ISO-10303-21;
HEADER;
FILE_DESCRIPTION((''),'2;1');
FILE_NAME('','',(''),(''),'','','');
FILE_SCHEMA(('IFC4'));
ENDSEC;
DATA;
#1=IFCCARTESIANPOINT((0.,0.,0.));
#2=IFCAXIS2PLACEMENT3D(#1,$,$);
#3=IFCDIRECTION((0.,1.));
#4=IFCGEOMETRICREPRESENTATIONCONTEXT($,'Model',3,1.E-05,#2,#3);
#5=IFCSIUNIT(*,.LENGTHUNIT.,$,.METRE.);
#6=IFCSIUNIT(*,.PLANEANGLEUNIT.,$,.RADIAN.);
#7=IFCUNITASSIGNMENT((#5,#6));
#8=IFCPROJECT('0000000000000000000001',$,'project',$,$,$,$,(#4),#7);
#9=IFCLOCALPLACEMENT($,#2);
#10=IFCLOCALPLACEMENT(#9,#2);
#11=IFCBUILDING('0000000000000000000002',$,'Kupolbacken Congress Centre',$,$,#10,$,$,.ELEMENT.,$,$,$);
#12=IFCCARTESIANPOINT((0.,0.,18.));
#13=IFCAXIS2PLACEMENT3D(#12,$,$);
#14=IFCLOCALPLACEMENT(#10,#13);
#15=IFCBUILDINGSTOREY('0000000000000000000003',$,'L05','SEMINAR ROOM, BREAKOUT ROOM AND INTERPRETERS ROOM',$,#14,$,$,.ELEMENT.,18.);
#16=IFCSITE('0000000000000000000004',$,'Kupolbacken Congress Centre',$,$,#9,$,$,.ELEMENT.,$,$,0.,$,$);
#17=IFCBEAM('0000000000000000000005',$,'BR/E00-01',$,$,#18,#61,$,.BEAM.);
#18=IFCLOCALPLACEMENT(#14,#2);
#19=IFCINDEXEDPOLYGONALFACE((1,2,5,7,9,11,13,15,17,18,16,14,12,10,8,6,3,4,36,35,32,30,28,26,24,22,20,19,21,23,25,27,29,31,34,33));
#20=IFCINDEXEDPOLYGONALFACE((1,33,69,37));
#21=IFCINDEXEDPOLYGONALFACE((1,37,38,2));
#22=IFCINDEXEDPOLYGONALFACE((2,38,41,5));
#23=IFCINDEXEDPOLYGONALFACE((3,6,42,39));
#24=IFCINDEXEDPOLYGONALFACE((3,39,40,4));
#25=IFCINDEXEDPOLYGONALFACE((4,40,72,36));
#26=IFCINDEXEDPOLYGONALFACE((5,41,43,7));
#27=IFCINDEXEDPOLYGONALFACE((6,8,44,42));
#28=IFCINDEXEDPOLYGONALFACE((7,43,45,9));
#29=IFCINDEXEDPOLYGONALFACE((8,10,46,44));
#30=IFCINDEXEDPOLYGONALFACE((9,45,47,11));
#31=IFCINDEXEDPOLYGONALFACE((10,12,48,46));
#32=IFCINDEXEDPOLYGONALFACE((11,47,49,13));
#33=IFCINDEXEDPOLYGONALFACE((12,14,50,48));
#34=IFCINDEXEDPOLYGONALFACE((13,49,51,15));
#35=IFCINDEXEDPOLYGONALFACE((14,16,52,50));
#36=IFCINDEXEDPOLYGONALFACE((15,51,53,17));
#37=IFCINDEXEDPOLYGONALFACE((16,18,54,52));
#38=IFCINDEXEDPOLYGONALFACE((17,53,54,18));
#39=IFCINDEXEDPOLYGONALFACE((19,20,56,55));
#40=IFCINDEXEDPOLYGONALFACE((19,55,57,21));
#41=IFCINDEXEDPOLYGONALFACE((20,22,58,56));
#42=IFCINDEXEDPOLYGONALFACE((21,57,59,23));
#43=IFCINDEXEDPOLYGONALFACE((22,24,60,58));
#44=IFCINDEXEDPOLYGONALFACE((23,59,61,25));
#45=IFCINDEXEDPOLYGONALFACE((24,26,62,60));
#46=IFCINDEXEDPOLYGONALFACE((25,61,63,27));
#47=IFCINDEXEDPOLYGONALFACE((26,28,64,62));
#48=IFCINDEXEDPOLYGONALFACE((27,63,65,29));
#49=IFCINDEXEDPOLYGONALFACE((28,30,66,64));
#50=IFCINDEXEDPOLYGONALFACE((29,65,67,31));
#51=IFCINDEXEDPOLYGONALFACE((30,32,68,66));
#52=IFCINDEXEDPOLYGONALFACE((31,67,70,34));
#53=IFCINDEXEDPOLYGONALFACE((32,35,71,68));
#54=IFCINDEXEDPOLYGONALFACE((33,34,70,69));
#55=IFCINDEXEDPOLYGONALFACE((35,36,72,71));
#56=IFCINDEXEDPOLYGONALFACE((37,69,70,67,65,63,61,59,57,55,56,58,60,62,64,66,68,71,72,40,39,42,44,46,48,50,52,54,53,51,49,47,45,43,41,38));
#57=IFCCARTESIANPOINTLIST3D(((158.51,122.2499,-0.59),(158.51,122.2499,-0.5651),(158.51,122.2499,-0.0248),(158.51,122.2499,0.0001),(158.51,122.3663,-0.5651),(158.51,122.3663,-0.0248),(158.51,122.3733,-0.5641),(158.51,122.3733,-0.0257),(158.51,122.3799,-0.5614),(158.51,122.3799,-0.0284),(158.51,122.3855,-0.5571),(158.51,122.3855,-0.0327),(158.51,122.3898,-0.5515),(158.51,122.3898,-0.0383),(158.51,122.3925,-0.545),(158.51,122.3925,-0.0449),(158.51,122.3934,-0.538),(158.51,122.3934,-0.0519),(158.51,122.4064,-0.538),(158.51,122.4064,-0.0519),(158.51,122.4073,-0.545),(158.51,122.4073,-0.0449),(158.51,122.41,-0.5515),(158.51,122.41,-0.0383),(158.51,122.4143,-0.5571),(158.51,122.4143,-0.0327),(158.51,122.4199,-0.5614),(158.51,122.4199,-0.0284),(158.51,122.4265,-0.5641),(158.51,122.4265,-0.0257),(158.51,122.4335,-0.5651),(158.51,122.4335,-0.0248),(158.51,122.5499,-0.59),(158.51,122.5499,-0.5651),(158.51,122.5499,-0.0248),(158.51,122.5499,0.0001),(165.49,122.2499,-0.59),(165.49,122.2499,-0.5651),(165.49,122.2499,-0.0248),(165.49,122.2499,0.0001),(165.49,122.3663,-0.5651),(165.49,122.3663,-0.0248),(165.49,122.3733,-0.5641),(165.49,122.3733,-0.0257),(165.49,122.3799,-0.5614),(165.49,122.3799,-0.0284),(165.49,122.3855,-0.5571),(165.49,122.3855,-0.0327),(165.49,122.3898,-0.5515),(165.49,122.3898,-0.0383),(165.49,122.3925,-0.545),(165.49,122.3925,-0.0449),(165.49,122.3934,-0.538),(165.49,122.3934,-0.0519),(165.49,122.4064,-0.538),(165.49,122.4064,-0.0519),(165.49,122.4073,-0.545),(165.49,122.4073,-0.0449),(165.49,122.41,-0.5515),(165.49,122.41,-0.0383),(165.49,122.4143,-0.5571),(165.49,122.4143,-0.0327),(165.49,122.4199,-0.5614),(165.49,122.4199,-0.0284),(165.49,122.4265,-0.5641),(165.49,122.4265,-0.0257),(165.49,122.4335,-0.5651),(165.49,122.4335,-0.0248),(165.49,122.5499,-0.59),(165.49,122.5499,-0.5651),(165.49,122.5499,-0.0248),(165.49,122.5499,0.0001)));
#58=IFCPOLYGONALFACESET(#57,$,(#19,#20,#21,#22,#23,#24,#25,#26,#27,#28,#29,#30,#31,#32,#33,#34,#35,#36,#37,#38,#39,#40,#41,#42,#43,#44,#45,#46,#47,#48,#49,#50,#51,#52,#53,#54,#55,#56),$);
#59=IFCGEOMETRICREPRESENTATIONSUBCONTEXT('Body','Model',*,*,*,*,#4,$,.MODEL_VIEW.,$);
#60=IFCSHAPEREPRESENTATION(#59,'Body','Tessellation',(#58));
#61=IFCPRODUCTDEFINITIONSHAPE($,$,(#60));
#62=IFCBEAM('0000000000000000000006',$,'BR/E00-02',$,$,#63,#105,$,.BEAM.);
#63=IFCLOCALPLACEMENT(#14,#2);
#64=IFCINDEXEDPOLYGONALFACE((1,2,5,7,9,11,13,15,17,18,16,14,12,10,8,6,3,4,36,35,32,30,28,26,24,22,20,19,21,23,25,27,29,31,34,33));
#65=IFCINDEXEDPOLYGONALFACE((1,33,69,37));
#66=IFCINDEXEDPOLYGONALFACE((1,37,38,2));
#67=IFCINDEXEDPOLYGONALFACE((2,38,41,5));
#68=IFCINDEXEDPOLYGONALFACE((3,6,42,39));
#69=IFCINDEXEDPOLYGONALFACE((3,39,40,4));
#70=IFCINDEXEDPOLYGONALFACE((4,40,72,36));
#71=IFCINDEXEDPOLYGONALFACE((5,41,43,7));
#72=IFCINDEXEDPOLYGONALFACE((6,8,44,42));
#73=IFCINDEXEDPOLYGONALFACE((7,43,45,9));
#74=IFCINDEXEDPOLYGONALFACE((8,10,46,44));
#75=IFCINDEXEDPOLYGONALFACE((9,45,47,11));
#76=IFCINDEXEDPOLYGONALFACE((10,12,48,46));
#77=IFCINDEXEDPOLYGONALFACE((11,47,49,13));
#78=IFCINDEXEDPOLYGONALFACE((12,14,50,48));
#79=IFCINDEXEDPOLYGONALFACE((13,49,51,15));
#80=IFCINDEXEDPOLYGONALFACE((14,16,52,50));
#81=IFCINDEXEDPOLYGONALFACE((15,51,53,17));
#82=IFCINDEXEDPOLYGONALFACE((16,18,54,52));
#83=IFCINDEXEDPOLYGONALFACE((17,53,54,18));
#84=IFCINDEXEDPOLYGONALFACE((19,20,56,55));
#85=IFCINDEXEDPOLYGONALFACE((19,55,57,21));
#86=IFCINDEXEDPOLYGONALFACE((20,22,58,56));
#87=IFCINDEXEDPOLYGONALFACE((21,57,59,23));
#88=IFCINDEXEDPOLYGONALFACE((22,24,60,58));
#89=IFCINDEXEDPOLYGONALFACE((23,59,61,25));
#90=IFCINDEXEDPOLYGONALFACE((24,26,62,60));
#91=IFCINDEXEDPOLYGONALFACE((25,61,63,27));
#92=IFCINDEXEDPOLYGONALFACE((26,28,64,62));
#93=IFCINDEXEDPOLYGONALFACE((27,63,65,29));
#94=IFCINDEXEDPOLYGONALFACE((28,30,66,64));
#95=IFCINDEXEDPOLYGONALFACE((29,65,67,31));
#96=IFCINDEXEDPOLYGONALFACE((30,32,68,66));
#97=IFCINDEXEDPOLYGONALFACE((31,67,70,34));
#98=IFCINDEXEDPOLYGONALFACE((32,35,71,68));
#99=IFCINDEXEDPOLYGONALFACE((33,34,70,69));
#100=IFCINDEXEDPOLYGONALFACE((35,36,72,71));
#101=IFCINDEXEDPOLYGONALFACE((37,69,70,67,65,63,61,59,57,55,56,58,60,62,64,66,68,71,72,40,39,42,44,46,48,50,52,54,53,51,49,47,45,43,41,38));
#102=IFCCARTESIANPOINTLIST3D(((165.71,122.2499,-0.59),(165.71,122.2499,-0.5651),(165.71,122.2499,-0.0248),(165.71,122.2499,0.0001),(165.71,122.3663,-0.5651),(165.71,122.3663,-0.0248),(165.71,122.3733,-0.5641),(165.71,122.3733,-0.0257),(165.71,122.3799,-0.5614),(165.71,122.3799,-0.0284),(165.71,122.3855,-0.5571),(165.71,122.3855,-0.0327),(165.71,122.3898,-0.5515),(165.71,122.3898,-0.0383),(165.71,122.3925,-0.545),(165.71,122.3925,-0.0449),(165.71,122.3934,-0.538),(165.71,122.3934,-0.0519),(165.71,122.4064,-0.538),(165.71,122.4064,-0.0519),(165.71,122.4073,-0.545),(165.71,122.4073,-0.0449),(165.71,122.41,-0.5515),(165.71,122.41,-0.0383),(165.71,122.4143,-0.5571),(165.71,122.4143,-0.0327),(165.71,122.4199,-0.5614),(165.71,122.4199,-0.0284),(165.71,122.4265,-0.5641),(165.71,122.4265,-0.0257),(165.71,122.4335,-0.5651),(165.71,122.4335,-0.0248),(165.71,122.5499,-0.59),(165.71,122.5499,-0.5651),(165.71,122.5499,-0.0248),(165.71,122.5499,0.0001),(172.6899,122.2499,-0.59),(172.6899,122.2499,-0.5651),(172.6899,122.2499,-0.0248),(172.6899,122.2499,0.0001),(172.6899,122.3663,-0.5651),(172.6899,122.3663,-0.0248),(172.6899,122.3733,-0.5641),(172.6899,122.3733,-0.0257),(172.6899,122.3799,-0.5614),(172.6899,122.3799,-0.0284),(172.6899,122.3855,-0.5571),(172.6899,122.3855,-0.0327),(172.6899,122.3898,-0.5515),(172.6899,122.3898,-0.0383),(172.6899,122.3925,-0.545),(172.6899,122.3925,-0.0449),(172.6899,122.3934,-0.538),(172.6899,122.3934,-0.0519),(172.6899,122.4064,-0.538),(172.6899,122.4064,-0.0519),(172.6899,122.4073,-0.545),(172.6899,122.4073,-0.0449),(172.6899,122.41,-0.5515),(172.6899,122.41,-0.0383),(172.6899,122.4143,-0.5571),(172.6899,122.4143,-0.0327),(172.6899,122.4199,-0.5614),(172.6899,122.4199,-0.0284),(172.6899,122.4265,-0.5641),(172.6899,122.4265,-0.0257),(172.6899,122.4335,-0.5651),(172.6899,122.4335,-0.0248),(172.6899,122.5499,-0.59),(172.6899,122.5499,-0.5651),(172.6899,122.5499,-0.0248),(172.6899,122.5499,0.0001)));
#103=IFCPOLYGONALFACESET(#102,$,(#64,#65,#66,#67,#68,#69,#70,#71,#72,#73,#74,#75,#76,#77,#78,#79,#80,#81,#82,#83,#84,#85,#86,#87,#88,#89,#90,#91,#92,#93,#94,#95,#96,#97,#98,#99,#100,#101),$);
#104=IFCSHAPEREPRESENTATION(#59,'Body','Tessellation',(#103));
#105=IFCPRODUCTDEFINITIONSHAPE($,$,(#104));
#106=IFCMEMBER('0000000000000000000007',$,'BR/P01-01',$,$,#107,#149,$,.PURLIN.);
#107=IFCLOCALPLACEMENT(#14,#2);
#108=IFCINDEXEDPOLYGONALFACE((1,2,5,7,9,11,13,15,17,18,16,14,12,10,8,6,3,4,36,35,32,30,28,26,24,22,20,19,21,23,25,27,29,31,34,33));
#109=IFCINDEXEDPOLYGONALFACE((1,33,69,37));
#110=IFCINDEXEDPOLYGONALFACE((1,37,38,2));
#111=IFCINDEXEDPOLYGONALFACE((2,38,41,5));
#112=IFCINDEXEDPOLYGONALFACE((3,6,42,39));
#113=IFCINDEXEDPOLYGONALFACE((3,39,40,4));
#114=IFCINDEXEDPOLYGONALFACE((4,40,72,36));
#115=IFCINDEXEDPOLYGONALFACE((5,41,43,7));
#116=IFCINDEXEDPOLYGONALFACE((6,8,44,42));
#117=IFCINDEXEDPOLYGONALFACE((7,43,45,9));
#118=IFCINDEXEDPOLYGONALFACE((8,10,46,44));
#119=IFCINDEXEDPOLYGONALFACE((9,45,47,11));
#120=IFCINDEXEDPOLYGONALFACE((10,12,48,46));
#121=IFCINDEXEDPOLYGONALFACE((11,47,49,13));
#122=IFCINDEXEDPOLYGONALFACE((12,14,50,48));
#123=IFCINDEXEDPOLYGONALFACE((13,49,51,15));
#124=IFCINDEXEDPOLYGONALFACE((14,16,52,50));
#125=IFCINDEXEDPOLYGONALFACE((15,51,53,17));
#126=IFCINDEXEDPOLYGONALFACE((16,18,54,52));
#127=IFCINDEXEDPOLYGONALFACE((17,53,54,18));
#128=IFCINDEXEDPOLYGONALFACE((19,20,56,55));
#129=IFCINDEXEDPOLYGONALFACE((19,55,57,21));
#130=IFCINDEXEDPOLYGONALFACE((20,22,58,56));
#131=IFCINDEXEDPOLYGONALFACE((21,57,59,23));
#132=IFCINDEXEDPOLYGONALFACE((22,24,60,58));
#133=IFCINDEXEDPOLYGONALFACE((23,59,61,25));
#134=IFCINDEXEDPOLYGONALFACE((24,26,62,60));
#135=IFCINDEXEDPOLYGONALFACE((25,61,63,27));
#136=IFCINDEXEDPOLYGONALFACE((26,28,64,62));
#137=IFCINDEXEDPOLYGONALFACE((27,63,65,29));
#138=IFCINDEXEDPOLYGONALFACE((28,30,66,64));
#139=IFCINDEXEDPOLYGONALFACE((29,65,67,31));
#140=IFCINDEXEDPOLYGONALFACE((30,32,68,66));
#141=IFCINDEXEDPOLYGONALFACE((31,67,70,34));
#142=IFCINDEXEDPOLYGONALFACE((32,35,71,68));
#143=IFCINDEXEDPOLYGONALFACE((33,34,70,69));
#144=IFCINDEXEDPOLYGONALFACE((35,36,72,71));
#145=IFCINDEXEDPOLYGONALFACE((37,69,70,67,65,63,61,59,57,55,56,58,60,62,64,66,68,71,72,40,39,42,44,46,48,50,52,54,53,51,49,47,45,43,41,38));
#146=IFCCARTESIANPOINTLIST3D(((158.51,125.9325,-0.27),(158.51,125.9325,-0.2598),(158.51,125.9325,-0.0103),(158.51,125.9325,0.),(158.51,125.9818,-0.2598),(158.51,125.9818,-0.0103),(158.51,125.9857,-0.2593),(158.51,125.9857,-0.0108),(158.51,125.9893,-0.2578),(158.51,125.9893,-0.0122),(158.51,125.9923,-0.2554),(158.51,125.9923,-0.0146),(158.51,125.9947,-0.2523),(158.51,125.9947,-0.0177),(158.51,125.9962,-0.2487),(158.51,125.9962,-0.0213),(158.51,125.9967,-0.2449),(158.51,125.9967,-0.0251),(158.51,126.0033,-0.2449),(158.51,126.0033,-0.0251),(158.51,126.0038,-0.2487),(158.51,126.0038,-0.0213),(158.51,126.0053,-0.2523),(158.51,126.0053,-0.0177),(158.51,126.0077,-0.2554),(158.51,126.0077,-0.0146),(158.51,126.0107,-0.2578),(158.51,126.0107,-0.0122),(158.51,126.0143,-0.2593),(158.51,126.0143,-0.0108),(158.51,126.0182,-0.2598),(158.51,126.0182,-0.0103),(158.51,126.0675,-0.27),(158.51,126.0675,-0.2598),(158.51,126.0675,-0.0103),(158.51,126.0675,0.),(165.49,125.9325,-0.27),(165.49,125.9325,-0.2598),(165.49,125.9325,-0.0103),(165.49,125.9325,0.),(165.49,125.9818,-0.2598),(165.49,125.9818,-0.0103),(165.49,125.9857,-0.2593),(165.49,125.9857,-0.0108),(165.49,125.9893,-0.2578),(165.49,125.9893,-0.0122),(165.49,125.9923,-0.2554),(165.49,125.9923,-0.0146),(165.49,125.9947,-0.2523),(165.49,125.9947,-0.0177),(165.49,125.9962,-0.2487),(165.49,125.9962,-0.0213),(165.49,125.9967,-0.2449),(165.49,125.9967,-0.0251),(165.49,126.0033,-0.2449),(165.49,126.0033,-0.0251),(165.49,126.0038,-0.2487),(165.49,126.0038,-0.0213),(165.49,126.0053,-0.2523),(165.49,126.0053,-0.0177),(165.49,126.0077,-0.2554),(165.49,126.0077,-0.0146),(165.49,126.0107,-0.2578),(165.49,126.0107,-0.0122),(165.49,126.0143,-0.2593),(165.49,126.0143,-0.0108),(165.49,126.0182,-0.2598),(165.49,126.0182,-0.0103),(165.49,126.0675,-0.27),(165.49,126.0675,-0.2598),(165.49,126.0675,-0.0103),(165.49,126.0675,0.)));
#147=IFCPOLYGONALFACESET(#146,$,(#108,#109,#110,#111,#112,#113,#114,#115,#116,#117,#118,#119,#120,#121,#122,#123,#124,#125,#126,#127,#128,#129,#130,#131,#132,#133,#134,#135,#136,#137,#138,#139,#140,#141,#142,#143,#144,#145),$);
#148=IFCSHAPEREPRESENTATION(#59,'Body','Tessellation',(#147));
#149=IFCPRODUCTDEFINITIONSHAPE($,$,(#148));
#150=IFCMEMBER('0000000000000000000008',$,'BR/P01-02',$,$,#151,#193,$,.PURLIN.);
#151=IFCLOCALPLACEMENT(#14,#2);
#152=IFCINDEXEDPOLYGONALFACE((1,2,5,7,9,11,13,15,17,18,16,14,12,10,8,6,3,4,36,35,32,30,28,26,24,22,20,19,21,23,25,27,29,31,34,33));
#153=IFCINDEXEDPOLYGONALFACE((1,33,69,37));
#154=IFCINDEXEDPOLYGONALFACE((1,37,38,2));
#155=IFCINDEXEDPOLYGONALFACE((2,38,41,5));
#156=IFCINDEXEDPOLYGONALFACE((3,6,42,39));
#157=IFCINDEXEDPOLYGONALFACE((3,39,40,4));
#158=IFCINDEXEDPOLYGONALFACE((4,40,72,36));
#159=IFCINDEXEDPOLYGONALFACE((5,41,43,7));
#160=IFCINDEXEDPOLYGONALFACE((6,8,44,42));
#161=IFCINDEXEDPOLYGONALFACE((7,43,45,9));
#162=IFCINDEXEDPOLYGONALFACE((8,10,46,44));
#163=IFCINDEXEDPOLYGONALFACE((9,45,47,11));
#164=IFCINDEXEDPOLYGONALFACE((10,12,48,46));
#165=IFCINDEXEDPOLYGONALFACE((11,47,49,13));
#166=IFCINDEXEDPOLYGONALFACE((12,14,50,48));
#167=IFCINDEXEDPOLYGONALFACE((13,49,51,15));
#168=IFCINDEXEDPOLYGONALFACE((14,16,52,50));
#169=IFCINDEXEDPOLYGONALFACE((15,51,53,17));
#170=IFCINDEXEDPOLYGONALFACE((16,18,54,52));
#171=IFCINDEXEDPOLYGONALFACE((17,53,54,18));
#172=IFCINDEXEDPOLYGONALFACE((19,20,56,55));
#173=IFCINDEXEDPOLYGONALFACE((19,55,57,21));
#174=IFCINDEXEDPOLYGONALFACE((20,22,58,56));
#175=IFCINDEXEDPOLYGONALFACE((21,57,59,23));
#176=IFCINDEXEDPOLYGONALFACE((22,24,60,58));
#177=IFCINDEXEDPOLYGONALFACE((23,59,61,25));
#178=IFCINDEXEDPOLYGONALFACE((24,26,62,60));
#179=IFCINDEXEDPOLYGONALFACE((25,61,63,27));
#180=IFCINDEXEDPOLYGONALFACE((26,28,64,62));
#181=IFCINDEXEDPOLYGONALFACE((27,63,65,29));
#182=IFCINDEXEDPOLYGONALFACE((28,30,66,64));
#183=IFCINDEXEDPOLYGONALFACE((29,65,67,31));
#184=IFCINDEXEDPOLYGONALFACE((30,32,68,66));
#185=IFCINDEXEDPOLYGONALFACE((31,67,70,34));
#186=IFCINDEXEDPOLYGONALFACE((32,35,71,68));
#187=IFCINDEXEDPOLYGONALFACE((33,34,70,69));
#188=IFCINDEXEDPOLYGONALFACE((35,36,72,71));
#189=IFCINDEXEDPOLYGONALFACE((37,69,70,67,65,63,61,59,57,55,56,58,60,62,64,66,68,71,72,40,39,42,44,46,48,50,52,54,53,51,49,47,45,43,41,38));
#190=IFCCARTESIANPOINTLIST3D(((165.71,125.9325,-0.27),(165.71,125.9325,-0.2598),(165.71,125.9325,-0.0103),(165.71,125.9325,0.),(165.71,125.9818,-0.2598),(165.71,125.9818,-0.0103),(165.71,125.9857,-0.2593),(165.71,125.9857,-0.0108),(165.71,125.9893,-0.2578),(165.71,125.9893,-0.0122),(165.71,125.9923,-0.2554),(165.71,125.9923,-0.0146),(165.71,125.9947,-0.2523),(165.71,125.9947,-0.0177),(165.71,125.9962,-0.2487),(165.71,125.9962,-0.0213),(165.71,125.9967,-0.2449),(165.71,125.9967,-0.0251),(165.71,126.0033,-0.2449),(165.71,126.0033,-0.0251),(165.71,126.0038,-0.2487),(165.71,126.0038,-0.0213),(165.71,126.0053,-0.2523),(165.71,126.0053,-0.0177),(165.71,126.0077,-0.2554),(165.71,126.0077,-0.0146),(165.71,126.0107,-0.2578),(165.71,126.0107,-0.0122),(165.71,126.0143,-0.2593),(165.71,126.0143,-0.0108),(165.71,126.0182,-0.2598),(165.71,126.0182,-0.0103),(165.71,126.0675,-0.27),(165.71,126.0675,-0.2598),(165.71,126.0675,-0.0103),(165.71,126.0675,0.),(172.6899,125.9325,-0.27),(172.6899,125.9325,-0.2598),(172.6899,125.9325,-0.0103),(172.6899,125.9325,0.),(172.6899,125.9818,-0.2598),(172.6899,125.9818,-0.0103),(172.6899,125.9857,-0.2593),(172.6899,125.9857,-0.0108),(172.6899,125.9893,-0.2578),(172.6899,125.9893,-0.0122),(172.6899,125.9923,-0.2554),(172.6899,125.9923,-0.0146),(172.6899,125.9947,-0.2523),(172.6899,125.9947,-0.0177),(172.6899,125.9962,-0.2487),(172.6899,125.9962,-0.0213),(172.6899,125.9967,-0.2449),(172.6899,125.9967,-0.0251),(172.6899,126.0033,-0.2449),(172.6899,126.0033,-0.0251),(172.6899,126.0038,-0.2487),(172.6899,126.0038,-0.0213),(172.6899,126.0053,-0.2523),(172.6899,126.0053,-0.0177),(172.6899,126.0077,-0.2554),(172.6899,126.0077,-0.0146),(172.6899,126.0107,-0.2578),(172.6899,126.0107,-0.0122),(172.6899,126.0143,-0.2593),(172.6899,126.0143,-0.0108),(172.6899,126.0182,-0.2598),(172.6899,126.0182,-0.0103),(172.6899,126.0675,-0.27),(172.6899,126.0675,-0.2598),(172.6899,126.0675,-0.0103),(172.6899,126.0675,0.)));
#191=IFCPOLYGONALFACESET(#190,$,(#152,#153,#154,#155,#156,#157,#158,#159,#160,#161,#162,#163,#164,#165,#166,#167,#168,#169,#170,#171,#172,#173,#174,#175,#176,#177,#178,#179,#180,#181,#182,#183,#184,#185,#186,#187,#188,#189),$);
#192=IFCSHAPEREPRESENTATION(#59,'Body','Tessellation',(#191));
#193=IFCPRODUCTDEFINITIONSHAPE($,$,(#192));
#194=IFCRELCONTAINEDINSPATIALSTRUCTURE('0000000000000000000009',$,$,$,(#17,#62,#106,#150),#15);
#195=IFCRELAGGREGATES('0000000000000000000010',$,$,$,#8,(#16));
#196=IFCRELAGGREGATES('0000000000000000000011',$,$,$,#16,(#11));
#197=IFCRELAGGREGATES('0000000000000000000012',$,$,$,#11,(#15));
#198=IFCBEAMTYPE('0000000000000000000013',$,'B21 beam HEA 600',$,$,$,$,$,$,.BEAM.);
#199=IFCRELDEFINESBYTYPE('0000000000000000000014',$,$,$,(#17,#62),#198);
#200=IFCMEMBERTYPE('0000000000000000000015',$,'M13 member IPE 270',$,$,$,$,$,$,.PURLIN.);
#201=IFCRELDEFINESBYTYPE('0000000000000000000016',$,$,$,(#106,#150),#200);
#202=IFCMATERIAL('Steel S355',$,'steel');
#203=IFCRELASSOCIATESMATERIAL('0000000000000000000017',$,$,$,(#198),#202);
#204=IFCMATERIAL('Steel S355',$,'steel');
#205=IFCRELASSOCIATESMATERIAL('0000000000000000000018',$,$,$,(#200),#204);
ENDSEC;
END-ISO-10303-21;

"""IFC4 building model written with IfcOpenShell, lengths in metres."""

from ifc_helpers import new_model, si_unit, direction, frame, origin, origin_2d, place, context, subcontext, project, spatial, i_section, extrude, material, material_profile, profile_set, type_object, element, save


model = new_model("IFC4")

# Units and contexts
model_context = context("Model", 3, precision=1e-05, world=origin(), true_north=direction((0.0, 1.0)))
body_context = subcontext(model_context, "Body", "Model", "MODEL_VIEW")
ifc_project = project(units=[si_unit("LENGTHUNIT", "METRE"), si_unit("PLANEANGLEUNIT", "RADIAN")], contexts=[model_context])

# Site, building, storey
site_placement = place(None, origin())
site = spatial("IfcSite", under=ifc_project, at=site_placement, Name="Kupolbacken Congress Centre", CompositionType="ELEMENT", RefElevation=0.0)
building_placement = place(site_placement, origin())
building = spatial("IfcBuilding", under=site, at=building_placement, Name="Kupolbacken Congress Centre", CompositionType="ELEMENT")
storey_placement = place(building_placement, frame((0.0, 0.0, 18.0)))
storey = spatial("IfcBuildingStorey", under=building, at=storey_placement, Name="L05", Description="SEMINAR ROOM, BREAKOUT ROOM AND INTERPRETERS ROOM", CompositionType="ELEMENT", Elevation=18.0)

# Beams
ifc_material_1 = material(Name="Steel S355", Category="steel")
ifc_material_profile_1 = material_profile(ifc_material_1, i_section(OverallWidth=0.3, OverallDepth=0.5901, WebThickness=0.0129, FlangeThickness=0.0249, FilletRadius=0.0271, at=origin_2d()), Name="HEA 600")
ifc_profile_set_1 = profile_set([ifc_material_profile_1], Name="Steel S355")
beam_type = type_object("IfcBeamType", Name="B21 beam HEA 600", PredefinedType="BEAM", material=ifc_profile_set_1)
for number, where, z_axis, x_axis, name in (
    (1, (158.51, 122.3999, -0.2949), (1.0, 0.0, 0.0), (0.0, 1.0, 0.0), "BR/E00-01"),
    (2, (165.71, 122.3999, -0.2949), (1.0, 0.0, 0.0), (0.0, 1.0, 0.0), "BR/E00-02"),
):
    element("IfcBeam", number, at=place(storey_placement, frame(where, z_axis=z_axis, x_axis=x_axis)), inside=storey, type_object=beam_type, Name=name, PredefinedType="BEAM", context=body_context, shape_type="SweptSolid", body=[
        extrude(i_section(OverallWidth=0.3, OverallDepth=0.5901, WebThickness=0.0129, FlangeThickness=0.0249, FilletRadius=0.0271, at=origin_2d()), origin(), (0.0, 0.0, 1.0), 6.98),
    ])

# Members
ifc_material_2 = material(Name="Steel S355", Category="steel")
ifc_material_profile_2 = material_profile(ifc_material_2, i_section(OverallWidth=0.135, OverallDepth=0.27, WebThickness=0.0066, FlangeThickness=0.0103, FilletRadius=0.0149, at=origin_2d()), Name="IPE 270")
ifc_profile_set_2 = profile_set([ifc_material_profile_2], Name="Steel S355")
member_type_1 = type_object("IfcMemberType", Name="M13 member IPE 270", PredefinedType="PURLIN", material=ifc_profile_set_2)
for number, where, z_axis, x_axis, name in (
    (3, (158.51, 126.0, -0.135), (1.0, 0.0, 0.0), (0.0, 1.0, 0.0), "BR/P01-01"),
    (4, (165.71, 126.0, -0.135), (1.0, 0.0, 0.0), (0.0, 1.0, 0.0), "BR/P01-02"),
):
    element("IfcMember", number, at=place(storey_placement, frame(where, z_axis=z_axis, x_axis=x_axis)), inside=storey, type_object=member_type_1, Name=name, PredefinedType="PURLIN", context=body_context, shape_type="SweptSolid", body=[
        extrude(i_section(OverallWidth=0.135, OverallDepth=0.27, WebThickness=0.0066, FlangeThickness=0.0103, FilletRadius=0.0149, at=origin_2d()), origin(), (0.0, 0.0, 1.0), 6.98),
    ])

save(model, "model.ifc")
